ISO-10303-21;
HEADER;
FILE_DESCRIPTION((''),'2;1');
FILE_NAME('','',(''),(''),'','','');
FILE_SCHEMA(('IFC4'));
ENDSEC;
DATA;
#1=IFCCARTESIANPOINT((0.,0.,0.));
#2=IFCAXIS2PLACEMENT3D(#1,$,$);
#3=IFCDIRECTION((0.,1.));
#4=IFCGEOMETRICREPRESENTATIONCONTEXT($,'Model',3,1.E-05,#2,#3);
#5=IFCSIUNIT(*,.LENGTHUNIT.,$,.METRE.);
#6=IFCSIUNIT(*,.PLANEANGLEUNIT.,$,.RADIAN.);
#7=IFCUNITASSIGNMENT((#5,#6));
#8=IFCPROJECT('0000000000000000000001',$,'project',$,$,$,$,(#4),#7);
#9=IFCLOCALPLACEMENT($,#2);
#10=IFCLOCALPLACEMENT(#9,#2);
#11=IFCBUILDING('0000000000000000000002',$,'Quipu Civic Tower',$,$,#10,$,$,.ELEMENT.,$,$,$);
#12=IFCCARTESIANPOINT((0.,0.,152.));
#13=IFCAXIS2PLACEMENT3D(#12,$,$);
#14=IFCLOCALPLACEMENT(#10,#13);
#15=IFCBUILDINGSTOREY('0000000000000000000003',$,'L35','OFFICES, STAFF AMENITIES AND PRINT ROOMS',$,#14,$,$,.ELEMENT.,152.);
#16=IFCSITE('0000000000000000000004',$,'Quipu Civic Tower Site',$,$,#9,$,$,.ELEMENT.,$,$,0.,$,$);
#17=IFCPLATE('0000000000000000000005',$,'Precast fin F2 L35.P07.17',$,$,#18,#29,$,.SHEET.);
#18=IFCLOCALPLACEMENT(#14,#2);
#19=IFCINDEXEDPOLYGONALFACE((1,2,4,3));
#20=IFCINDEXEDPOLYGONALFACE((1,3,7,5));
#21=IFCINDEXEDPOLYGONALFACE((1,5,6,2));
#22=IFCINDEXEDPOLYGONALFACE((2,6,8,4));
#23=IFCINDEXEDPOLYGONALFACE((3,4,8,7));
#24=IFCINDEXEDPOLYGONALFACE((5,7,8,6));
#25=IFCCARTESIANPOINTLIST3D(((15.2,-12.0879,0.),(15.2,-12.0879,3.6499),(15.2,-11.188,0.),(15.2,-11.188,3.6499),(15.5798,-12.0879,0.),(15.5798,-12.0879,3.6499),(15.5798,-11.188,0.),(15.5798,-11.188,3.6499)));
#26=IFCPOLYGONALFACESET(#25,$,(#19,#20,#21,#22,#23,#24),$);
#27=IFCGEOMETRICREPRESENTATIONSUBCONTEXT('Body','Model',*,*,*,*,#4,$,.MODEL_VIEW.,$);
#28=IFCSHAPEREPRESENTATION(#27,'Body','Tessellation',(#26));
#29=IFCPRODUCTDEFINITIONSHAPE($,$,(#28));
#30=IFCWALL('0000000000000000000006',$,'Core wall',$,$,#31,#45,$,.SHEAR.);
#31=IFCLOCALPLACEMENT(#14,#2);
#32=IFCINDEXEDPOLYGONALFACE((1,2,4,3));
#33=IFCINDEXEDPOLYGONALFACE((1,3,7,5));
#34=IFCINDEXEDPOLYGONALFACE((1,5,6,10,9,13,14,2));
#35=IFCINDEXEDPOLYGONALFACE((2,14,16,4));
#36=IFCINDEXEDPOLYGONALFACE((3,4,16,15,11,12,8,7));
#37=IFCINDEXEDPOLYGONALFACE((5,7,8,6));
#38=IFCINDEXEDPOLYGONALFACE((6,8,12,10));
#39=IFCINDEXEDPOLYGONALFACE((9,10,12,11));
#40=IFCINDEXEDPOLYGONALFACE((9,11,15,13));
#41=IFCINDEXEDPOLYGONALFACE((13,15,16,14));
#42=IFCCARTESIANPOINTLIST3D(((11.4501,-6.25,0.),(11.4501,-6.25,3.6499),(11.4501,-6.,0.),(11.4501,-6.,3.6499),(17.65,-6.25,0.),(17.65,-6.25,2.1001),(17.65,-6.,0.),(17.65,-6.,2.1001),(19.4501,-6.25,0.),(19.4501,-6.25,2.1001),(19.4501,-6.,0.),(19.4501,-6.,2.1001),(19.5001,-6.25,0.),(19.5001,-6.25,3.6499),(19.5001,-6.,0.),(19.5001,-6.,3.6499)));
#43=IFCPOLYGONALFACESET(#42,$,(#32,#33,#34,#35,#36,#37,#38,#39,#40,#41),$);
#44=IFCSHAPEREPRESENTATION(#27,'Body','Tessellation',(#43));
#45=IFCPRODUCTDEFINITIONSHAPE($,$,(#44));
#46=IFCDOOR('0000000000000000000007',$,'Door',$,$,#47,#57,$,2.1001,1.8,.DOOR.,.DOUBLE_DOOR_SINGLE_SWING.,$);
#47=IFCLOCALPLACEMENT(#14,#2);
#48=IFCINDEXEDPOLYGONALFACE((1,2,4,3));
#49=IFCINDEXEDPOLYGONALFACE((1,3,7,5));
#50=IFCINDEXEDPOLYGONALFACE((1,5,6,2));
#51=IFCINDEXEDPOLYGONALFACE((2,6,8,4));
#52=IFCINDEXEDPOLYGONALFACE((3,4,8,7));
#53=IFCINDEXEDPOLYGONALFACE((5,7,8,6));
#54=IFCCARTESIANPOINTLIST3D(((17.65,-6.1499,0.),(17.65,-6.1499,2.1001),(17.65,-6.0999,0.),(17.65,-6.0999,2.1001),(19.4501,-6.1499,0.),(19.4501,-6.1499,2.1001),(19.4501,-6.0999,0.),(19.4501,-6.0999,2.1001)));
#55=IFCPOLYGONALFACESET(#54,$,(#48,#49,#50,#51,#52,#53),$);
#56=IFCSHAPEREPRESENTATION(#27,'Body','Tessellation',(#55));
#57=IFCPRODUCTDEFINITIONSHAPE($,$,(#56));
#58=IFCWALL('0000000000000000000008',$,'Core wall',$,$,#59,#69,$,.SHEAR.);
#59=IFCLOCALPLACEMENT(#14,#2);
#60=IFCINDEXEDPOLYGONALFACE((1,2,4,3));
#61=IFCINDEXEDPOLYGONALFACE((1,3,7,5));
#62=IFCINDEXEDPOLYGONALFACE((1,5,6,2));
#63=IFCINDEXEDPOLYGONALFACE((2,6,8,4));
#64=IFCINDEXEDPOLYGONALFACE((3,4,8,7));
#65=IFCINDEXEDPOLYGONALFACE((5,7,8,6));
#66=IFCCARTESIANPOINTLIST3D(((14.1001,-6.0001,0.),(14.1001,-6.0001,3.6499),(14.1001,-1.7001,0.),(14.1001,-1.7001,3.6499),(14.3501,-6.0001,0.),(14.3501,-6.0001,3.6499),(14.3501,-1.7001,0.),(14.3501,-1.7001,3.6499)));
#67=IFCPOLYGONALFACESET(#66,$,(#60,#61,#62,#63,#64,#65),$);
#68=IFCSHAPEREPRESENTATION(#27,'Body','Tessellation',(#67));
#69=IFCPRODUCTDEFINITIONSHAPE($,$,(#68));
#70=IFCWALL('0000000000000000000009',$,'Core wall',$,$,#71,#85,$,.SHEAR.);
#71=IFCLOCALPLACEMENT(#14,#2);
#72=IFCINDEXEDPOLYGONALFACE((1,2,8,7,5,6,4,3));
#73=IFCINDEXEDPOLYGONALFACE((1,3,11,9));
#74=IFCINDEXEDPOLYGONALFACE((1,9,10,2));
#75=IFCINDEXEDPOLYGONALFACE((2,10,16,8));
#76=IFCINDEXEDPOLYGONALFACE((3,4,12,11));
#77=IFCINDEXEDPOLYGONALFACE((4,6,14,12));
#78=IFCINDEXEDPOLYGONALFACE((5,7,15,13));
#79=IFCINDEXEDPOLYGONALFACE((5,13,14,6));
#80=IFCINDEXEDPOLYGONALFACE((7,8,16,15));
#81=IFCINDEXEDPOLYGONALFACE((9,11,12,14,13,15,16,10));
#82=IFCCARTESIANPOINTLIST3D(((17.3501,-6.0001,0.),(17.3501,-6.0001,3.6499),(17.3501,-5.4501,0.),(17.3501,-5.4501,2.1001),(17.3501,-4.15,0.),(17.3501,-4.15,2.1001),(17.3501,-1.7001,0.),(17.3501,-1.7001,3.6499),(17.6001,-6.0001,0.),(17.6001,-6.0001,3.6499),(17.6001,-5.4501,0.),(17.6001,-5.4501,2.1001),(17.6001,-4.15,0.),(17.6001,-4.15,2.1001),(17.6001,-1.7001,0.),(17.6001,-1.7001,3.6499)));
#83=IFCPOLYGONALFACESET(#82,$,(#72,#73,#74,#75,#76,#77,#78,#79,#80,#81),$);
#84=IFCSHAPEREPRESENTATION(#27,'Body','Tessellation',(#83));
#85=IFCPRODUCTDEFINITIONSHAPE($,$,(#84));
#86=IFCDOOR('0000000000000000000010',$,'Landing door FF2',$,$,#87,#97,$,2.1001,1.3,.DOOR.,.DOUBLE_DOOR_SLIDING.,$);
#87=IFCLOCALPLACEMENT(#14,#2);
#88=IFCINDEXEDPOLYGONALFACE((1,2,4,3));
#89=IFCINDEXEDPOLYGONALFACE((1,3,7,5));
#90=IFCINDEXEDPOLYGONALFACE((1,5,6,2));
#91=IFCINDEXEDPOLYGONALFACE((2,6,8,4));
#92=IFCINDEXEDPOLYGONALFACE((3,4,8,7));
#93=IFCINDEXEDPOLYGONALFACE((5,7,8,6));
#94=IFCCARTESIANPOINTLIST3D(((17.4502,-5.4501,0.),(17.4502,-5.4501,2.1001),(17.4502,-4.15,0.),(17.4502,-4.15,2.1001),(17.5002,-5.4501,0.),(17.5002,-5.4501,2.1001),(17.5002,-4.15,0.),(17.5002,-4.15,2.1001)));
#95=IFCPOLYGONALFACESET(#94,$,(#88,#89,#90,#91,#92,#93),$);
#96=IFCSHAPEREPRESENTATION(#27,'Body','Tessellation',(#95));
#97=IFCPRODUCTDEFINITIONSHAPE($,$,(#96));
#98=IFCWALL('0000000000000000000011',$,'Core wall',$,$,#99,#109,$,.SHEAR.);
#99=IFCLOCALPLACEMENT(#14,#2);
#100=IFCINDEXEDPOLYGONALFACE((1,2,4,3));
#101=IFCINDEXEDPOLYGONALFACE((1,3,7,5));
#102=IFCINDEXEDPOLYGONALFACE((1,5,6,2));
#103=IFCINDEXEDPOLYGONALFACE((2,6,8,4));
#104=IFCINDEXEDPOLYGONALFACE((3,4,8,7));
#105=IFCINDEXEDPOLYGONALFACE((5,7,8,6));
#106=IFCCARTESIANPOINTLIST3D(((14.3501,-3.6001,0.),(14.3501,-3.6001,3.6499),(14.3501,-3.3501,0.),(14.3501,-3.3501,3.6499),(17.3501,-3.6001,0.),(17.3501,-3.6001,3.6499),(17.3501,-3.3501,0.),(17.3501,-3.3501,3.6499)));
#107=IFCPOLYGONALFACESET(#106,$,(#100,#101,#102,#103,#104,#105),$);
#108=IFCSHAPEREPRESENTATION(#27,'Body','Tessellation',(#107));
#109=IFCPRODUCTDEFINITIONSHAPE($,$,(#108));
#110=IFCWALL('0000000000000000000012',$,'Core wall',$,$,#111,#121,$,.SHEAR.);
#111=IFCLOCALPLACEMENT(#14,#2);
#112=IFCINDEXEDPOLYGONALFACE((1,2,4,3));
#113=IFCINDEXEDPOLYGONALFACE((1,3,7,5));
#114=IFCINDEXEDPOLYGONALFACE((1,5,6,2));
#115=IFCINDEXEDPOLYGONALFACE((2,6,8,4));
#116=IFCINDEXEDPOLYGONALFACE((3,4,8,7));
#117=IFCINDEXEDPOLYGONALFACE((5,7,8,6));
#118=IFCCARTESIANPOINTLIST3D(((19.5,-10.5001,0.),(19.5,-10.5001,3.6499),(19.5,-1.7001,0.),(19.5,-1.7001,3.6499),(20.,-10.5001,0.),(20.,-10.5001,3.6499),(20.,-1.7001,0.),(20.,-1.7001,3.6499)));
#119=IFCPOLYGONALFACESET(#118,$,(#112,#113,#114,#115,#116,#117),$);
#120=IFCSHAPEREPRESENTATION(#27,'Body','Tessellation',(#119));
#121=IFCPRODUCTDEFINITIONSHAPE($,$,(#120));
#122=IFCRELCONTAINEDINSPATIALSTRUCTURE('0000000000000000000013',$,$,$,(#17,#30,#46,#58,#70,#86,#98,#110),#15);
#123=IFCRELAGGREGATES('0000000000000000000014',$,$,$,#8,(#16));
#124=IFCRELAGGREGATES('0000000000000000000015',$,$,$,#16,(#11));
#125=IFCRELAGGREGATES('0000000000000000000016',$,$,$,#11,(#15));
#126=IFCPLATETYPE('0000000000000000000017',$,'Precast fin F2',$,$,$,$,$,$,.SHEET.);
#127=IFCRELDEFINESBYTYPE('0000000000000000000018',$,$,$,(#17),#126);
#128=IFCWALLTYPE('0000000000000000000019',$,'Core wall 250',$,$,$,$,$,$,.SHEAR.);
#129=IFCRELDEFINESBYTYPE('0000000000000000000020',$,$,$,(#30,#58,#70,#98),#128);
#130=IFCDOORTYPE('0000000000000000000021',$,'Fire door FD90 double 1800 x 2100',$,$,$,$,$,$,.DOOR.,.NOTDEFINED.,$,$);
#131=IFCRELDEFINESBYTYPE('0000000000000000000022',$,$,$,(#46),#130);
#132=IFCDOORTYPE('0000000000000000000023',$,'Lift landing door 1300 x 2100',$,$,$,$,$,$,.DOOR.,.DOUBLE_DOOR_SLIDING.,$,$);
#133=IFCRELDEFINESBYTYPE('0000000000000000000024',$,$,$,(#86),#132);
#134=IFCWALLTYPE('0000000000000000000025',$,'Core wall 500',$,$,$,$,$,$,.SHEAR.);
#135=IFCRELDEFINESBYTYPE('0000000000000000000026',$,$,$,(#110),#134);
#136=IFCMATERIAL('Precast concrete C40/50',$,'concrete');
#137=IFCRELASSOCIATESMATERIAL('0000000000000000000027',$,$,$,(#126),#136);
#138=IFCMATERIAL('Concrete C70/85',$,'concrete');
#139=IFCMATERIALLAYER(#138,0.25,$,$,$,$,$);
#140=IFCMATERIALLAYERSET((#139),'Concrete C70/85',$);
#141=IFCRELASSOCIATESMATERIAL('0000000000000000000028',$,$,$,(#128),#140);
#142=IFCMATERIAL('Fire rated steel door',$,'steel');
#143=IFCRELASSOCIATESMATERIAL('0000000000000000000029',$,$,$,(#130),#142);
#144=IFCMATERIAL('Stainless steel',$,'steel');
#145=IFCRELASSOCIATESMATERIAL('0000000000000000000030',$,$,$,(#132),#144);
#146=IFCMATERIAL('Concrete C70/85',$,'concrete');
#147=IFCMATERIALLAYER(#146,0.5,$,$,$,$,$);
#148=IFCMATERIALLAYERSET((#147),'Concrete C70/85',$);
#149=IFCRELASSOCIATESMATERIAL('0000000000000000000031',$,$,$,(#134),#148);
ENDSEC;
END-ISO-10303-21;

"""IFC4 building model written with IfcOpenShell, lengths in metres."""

from ifc_helpers import new_model, si_unit, direction, frame, frame_2d, origin, origin_2d, place, context, subcontext, project, spatial, rectangle, extrude, material, layer, layer_set, type_object, element, fill, save


model = new_model("IFC4")

# Units and contexts
model_context = context("Model", 3, precision=1e-05, world=origin(), true_north=direction((0.0, 1.0)))
body_context = subcontext(model_context, "Body", "Model", "MODEL_VIEW")
ifc_project = project(units=[si_unit("LENGTHUNIT", "METRE"), si_unit("PLANEANGLEUNIT", "RADIAN")], contexts=[model_context])

# Site, building, storey
site_placement = place(None, origin())
site = spatial("IfcSite", under=ifc_project, at=site_placement, Name="Quipu Civic Tower Site", CompositionType="ELEMENT", RefElevation=0.0)
building_placement = place(site_placement, origin())
building = spatial("IfcBuilding", under=site, at=building_placement, Name="Quipu Civic Tower", CompositionType="ELEMENT")
storey_placement = place(building_placement, frame((0.0, 0.0, 152.0)))
storey = spatial("IfcBuildingStorey", under=building, at=storey_placement, Name="L35", Description="OFFICES, STAFF AMENITIES AND PRINT ROOMS", CompositionType="ELEMENT", Elevation=152.0)

# Plate
ifc_material_1 = material(Name="Precast concrete C40/50", Category="concrete")
plate_type = type_object("IfcPlateType", Name="Precast fin F2", PredefinedType="SHEET", material=ifc_material_1)
plate_placement = place(storey_placement, frame((15.3899, -11.6379, 0.0), z_axis=(0.0, 0.0, 1.0), x_axis=(1.0, 0.0, 0.0)))
element("IfcPlate", 1, at=plate_placement, inside=storey, type_object=plate_type, Name="Precast fin F2 L35.P07.17", PredefinedType="SHEET", context=body_context, shape_type="SweptSolid", body=[
    extrude(rectangle(XDim=0.3799, YDim=0.8999, at=origin_2d()), origin(), (0.0, 0.0, 1.0), 3.6499),
])

# Wall, opening, door
ifc_material_2 = material(Name="Concrete C70/85", Category="concrete")
ifc_layer_1 = layer(ifc_material_2, 0.25)
ifc_layer_set_1 = layer_set([ifc_layer_1], Name="Concrete C70/85")
wall_type_1 = type_object("IfcWallType", Name="Core wall 250", PredefinedType="SHEAR", material=ifc_layer_set_1)
wall_1_placement = place(storey_placement, frame((19.5, -6.125, 0.0), z_axis=(0.0, 0.0, 1.0), x_axis=(-1.0, 0.0, 0.0)))
wall_1 = element("IfcWall", 2, at=wall_1_placement, inside=storey, type_object=wall_type_1, Name="Core wall", PredefinedType="SHEAR", context=body_context, shape_type="SweptSolid", body=[
    extrude(rectangle(XDim=8.05, YDim=0.25, at=frame_2d((4.0249, 0.0))), origin(), (0.0, 0.0, 1.0), 3.6499),
])
opening_1_placement = place(wall_1_placement, frame((0.05, 0.0, 0.0)))
opening_1 = element("IfcOpeningElement", 3, at=opening_1_placement, cuts=wall_1, PredefinedType="OPENING", context=body_context, shape_type="SweptSolid", body=[
    extrude(rectangle(XDim=1.8, YDim=2.1001, at=frame_2d((0.8999, 1.05))), frame((0.0, 0.135, 0.0), z_axis=(0.0, -1.0, 0.0), x_axis=(1.0, 0.0, 0.0)), (0.0, 0.0, 1.0), 0.27),
])
ifc_material_3 = material(Name="Fire rated steel door", Category="steel")
door_type_1 = type_object("IfcDoorType", Name="Fire door FD90 double 1800 x 2100", OperationType="NOTDEFINED", PredefinedType="DOOR", material=ifc_material_3)
door_1_placement = place(opening_1_placement, origin())
door_1 = element("IfcDoor", 4, at=door_1_placement, inside=storey, type_object=door_type_1, Name="Door", OperationType="DOUBLE_DOOR_SINGLE_SWING", OverallHeight=2.1001, OverallWidth=1.8, PredefinedType="DOOR", context=body_context, shape_type="SweptSolid", body=[
    extrude(rectangle(XDim=1.8, YDim=2.1001, at=frame_2d((0.8999, 1.05))), frame((0.0, 0.0249, 0.0), z_axis=(0.0, -1.0, 0.0), x_axis=(1.0, 0.0, 0.0)), (0.0, 0.0, 1.0), 0.05),
])
fill(opening_1, door_1)

# Wall
wall_2_placement = place(storey_placement, frame((14.2251, -6.0, 0.0), z_axis=(0.0, 0.0, 1.0), x_axis=(0.0, 1.0, 0.0)))
element("IfcWall", 5, at=wall_2_placement, inside=storey, type_object=wall_type_1, Name="Core wall", PredefinedType="SHEAR", context=body_context, shape_type="SweptSolid", body=[
    extrude(rectangle(XDim=4.3, YDim=0.25, at=frame_2d((2.1499, 0.0))), origin(), (0.0, 0.0, 1.0), 3.6499),
])

# Wall, opening, door
wall_3_placement = place(storey_placement, frame((17.4751, -6.0, 0.0), z_axis=(0.0, 0.0, 1.0), x_axis=(0.0, 1.0, 0.0)))
wall_3 = element("IfcWall", 6, at=wall_3_placement, inside=storey, type_object=wall_type_1, Name="Core wall", PredefinedType="SHEAR", context=body_context, shape_type="SweptSolid", body=[
    extrude(rectangle(XDim=4.3, YDim=0.25, at=frame_2d((2.1499, 0.0))), origin(), (0.0, 0.0, 1.0), 3.6499),
])
opening_2_placement = place(wall_3_placement, frame((0.55, 0.0, 0.0)))
opening_2 = element("IfcOpeningElement", 7, at=opening_2_placement, cuts=wall_3, PredefinedType="OPENING", context=body_context, shape_type="SweptSolid", body=[
    extrude(rectangle(XDim=1.3, YDim=2.1001, at=frame_2d((0.6499, 1.05))), frame((0.0, 0.135, 0.0), z_axis=(0.0, -1.0, 0.0), x_axis=(1.0, 0.0, 0.0)), (0.0, 0.0, 1.0), 0.27),
])
ifc_material_4 = material(Name="Stainless steel", Category="steel")
door_type_2 = type_object("IfcDoorType", Name="Lift landing door 1300 x 2100", OperationType="DOUBLE_DOOR_SLIDING", PredefinedType="DOOR", material=ifc_material_4)
door_2_placement = place(opening_2_placement, origin())
door_2 = element("IfcDoor", 8, at=door_2_placement, inside=storey, type_object=door_type_2, Name="Landing door FF2", OperationType="DOUBLE_DOOR_SLIDING", OverallHeight=2.1001, OverallWidth=1.3, PredefinedType="DOOR", context=body_context, shape_type="SweptSolid", body=[
    extrude(rectangle(XDim=1.3, YDim=2.1001, at=frame_2d((0.6499, 1.05))), frame((0.0, 0.0249, 0.0), z_axis=(0.0, -1.0, 0.0), x_axis=(1.0, 0.0, 0.0)), (0.0, 0.0, 1.0), 0.05),
])
fill(opening_2, door_2)

# Walls
wall_4_placement = place(storey_placement, frame((14.3501, -3.4751, 0.0), z_axis=(0.0, 0.0, 1.0), x_axis=(1.0, 0.0, 0.0)))
element("IfcWall", 9, at=wall_4_placement, inside=storey, type_object=wall_type_1, Name="Core wall", PredefinedType="SHEAR", context=body_context, shape_type="SweptSolid", body=[
    extrude(rectangle(XDim=3.0, YDim=0.25, at=frame_2d((1.5, 0.0))), origin(), (0.0, 0.0, 1.0), 3.6499),
])
ifc_material_5 = material(Name="Concrete C70/85", Category="concrete")
ifc_layer_2 = layer(ifc_material_5, 0.5)
ifc_layer_set_2 = layer_set([ifc_layer_2], Name="Concrete C70/85")
wall_type_2 = type_object("IfcWallType", Name="Core wall 500", PredefinedType="SHEAR", material=ifc_layer_set_2)
wall_5_placement = place(storey_placement, frame((19.75, -10.5, 0.0), z_axis=(0.0, 0.0, 1.0), x_axis=(0.0, 1.0, 0.0)))
element("IfcWall", 10, at=wall_5_placement, inside=storey, type_object=wall_type_2, Name="Core wall", PredefinedType="SHEAR", context=body_context, shape_type="SweptSolid", body=[
    extrude(rectangle(XDim=8.8, YDim=0.5, at=frame_2d((4.3999, 0.0))), origin(), (0.0, 0.0, 1.0), 3.6499),
])

save(model, "model.ifc")
